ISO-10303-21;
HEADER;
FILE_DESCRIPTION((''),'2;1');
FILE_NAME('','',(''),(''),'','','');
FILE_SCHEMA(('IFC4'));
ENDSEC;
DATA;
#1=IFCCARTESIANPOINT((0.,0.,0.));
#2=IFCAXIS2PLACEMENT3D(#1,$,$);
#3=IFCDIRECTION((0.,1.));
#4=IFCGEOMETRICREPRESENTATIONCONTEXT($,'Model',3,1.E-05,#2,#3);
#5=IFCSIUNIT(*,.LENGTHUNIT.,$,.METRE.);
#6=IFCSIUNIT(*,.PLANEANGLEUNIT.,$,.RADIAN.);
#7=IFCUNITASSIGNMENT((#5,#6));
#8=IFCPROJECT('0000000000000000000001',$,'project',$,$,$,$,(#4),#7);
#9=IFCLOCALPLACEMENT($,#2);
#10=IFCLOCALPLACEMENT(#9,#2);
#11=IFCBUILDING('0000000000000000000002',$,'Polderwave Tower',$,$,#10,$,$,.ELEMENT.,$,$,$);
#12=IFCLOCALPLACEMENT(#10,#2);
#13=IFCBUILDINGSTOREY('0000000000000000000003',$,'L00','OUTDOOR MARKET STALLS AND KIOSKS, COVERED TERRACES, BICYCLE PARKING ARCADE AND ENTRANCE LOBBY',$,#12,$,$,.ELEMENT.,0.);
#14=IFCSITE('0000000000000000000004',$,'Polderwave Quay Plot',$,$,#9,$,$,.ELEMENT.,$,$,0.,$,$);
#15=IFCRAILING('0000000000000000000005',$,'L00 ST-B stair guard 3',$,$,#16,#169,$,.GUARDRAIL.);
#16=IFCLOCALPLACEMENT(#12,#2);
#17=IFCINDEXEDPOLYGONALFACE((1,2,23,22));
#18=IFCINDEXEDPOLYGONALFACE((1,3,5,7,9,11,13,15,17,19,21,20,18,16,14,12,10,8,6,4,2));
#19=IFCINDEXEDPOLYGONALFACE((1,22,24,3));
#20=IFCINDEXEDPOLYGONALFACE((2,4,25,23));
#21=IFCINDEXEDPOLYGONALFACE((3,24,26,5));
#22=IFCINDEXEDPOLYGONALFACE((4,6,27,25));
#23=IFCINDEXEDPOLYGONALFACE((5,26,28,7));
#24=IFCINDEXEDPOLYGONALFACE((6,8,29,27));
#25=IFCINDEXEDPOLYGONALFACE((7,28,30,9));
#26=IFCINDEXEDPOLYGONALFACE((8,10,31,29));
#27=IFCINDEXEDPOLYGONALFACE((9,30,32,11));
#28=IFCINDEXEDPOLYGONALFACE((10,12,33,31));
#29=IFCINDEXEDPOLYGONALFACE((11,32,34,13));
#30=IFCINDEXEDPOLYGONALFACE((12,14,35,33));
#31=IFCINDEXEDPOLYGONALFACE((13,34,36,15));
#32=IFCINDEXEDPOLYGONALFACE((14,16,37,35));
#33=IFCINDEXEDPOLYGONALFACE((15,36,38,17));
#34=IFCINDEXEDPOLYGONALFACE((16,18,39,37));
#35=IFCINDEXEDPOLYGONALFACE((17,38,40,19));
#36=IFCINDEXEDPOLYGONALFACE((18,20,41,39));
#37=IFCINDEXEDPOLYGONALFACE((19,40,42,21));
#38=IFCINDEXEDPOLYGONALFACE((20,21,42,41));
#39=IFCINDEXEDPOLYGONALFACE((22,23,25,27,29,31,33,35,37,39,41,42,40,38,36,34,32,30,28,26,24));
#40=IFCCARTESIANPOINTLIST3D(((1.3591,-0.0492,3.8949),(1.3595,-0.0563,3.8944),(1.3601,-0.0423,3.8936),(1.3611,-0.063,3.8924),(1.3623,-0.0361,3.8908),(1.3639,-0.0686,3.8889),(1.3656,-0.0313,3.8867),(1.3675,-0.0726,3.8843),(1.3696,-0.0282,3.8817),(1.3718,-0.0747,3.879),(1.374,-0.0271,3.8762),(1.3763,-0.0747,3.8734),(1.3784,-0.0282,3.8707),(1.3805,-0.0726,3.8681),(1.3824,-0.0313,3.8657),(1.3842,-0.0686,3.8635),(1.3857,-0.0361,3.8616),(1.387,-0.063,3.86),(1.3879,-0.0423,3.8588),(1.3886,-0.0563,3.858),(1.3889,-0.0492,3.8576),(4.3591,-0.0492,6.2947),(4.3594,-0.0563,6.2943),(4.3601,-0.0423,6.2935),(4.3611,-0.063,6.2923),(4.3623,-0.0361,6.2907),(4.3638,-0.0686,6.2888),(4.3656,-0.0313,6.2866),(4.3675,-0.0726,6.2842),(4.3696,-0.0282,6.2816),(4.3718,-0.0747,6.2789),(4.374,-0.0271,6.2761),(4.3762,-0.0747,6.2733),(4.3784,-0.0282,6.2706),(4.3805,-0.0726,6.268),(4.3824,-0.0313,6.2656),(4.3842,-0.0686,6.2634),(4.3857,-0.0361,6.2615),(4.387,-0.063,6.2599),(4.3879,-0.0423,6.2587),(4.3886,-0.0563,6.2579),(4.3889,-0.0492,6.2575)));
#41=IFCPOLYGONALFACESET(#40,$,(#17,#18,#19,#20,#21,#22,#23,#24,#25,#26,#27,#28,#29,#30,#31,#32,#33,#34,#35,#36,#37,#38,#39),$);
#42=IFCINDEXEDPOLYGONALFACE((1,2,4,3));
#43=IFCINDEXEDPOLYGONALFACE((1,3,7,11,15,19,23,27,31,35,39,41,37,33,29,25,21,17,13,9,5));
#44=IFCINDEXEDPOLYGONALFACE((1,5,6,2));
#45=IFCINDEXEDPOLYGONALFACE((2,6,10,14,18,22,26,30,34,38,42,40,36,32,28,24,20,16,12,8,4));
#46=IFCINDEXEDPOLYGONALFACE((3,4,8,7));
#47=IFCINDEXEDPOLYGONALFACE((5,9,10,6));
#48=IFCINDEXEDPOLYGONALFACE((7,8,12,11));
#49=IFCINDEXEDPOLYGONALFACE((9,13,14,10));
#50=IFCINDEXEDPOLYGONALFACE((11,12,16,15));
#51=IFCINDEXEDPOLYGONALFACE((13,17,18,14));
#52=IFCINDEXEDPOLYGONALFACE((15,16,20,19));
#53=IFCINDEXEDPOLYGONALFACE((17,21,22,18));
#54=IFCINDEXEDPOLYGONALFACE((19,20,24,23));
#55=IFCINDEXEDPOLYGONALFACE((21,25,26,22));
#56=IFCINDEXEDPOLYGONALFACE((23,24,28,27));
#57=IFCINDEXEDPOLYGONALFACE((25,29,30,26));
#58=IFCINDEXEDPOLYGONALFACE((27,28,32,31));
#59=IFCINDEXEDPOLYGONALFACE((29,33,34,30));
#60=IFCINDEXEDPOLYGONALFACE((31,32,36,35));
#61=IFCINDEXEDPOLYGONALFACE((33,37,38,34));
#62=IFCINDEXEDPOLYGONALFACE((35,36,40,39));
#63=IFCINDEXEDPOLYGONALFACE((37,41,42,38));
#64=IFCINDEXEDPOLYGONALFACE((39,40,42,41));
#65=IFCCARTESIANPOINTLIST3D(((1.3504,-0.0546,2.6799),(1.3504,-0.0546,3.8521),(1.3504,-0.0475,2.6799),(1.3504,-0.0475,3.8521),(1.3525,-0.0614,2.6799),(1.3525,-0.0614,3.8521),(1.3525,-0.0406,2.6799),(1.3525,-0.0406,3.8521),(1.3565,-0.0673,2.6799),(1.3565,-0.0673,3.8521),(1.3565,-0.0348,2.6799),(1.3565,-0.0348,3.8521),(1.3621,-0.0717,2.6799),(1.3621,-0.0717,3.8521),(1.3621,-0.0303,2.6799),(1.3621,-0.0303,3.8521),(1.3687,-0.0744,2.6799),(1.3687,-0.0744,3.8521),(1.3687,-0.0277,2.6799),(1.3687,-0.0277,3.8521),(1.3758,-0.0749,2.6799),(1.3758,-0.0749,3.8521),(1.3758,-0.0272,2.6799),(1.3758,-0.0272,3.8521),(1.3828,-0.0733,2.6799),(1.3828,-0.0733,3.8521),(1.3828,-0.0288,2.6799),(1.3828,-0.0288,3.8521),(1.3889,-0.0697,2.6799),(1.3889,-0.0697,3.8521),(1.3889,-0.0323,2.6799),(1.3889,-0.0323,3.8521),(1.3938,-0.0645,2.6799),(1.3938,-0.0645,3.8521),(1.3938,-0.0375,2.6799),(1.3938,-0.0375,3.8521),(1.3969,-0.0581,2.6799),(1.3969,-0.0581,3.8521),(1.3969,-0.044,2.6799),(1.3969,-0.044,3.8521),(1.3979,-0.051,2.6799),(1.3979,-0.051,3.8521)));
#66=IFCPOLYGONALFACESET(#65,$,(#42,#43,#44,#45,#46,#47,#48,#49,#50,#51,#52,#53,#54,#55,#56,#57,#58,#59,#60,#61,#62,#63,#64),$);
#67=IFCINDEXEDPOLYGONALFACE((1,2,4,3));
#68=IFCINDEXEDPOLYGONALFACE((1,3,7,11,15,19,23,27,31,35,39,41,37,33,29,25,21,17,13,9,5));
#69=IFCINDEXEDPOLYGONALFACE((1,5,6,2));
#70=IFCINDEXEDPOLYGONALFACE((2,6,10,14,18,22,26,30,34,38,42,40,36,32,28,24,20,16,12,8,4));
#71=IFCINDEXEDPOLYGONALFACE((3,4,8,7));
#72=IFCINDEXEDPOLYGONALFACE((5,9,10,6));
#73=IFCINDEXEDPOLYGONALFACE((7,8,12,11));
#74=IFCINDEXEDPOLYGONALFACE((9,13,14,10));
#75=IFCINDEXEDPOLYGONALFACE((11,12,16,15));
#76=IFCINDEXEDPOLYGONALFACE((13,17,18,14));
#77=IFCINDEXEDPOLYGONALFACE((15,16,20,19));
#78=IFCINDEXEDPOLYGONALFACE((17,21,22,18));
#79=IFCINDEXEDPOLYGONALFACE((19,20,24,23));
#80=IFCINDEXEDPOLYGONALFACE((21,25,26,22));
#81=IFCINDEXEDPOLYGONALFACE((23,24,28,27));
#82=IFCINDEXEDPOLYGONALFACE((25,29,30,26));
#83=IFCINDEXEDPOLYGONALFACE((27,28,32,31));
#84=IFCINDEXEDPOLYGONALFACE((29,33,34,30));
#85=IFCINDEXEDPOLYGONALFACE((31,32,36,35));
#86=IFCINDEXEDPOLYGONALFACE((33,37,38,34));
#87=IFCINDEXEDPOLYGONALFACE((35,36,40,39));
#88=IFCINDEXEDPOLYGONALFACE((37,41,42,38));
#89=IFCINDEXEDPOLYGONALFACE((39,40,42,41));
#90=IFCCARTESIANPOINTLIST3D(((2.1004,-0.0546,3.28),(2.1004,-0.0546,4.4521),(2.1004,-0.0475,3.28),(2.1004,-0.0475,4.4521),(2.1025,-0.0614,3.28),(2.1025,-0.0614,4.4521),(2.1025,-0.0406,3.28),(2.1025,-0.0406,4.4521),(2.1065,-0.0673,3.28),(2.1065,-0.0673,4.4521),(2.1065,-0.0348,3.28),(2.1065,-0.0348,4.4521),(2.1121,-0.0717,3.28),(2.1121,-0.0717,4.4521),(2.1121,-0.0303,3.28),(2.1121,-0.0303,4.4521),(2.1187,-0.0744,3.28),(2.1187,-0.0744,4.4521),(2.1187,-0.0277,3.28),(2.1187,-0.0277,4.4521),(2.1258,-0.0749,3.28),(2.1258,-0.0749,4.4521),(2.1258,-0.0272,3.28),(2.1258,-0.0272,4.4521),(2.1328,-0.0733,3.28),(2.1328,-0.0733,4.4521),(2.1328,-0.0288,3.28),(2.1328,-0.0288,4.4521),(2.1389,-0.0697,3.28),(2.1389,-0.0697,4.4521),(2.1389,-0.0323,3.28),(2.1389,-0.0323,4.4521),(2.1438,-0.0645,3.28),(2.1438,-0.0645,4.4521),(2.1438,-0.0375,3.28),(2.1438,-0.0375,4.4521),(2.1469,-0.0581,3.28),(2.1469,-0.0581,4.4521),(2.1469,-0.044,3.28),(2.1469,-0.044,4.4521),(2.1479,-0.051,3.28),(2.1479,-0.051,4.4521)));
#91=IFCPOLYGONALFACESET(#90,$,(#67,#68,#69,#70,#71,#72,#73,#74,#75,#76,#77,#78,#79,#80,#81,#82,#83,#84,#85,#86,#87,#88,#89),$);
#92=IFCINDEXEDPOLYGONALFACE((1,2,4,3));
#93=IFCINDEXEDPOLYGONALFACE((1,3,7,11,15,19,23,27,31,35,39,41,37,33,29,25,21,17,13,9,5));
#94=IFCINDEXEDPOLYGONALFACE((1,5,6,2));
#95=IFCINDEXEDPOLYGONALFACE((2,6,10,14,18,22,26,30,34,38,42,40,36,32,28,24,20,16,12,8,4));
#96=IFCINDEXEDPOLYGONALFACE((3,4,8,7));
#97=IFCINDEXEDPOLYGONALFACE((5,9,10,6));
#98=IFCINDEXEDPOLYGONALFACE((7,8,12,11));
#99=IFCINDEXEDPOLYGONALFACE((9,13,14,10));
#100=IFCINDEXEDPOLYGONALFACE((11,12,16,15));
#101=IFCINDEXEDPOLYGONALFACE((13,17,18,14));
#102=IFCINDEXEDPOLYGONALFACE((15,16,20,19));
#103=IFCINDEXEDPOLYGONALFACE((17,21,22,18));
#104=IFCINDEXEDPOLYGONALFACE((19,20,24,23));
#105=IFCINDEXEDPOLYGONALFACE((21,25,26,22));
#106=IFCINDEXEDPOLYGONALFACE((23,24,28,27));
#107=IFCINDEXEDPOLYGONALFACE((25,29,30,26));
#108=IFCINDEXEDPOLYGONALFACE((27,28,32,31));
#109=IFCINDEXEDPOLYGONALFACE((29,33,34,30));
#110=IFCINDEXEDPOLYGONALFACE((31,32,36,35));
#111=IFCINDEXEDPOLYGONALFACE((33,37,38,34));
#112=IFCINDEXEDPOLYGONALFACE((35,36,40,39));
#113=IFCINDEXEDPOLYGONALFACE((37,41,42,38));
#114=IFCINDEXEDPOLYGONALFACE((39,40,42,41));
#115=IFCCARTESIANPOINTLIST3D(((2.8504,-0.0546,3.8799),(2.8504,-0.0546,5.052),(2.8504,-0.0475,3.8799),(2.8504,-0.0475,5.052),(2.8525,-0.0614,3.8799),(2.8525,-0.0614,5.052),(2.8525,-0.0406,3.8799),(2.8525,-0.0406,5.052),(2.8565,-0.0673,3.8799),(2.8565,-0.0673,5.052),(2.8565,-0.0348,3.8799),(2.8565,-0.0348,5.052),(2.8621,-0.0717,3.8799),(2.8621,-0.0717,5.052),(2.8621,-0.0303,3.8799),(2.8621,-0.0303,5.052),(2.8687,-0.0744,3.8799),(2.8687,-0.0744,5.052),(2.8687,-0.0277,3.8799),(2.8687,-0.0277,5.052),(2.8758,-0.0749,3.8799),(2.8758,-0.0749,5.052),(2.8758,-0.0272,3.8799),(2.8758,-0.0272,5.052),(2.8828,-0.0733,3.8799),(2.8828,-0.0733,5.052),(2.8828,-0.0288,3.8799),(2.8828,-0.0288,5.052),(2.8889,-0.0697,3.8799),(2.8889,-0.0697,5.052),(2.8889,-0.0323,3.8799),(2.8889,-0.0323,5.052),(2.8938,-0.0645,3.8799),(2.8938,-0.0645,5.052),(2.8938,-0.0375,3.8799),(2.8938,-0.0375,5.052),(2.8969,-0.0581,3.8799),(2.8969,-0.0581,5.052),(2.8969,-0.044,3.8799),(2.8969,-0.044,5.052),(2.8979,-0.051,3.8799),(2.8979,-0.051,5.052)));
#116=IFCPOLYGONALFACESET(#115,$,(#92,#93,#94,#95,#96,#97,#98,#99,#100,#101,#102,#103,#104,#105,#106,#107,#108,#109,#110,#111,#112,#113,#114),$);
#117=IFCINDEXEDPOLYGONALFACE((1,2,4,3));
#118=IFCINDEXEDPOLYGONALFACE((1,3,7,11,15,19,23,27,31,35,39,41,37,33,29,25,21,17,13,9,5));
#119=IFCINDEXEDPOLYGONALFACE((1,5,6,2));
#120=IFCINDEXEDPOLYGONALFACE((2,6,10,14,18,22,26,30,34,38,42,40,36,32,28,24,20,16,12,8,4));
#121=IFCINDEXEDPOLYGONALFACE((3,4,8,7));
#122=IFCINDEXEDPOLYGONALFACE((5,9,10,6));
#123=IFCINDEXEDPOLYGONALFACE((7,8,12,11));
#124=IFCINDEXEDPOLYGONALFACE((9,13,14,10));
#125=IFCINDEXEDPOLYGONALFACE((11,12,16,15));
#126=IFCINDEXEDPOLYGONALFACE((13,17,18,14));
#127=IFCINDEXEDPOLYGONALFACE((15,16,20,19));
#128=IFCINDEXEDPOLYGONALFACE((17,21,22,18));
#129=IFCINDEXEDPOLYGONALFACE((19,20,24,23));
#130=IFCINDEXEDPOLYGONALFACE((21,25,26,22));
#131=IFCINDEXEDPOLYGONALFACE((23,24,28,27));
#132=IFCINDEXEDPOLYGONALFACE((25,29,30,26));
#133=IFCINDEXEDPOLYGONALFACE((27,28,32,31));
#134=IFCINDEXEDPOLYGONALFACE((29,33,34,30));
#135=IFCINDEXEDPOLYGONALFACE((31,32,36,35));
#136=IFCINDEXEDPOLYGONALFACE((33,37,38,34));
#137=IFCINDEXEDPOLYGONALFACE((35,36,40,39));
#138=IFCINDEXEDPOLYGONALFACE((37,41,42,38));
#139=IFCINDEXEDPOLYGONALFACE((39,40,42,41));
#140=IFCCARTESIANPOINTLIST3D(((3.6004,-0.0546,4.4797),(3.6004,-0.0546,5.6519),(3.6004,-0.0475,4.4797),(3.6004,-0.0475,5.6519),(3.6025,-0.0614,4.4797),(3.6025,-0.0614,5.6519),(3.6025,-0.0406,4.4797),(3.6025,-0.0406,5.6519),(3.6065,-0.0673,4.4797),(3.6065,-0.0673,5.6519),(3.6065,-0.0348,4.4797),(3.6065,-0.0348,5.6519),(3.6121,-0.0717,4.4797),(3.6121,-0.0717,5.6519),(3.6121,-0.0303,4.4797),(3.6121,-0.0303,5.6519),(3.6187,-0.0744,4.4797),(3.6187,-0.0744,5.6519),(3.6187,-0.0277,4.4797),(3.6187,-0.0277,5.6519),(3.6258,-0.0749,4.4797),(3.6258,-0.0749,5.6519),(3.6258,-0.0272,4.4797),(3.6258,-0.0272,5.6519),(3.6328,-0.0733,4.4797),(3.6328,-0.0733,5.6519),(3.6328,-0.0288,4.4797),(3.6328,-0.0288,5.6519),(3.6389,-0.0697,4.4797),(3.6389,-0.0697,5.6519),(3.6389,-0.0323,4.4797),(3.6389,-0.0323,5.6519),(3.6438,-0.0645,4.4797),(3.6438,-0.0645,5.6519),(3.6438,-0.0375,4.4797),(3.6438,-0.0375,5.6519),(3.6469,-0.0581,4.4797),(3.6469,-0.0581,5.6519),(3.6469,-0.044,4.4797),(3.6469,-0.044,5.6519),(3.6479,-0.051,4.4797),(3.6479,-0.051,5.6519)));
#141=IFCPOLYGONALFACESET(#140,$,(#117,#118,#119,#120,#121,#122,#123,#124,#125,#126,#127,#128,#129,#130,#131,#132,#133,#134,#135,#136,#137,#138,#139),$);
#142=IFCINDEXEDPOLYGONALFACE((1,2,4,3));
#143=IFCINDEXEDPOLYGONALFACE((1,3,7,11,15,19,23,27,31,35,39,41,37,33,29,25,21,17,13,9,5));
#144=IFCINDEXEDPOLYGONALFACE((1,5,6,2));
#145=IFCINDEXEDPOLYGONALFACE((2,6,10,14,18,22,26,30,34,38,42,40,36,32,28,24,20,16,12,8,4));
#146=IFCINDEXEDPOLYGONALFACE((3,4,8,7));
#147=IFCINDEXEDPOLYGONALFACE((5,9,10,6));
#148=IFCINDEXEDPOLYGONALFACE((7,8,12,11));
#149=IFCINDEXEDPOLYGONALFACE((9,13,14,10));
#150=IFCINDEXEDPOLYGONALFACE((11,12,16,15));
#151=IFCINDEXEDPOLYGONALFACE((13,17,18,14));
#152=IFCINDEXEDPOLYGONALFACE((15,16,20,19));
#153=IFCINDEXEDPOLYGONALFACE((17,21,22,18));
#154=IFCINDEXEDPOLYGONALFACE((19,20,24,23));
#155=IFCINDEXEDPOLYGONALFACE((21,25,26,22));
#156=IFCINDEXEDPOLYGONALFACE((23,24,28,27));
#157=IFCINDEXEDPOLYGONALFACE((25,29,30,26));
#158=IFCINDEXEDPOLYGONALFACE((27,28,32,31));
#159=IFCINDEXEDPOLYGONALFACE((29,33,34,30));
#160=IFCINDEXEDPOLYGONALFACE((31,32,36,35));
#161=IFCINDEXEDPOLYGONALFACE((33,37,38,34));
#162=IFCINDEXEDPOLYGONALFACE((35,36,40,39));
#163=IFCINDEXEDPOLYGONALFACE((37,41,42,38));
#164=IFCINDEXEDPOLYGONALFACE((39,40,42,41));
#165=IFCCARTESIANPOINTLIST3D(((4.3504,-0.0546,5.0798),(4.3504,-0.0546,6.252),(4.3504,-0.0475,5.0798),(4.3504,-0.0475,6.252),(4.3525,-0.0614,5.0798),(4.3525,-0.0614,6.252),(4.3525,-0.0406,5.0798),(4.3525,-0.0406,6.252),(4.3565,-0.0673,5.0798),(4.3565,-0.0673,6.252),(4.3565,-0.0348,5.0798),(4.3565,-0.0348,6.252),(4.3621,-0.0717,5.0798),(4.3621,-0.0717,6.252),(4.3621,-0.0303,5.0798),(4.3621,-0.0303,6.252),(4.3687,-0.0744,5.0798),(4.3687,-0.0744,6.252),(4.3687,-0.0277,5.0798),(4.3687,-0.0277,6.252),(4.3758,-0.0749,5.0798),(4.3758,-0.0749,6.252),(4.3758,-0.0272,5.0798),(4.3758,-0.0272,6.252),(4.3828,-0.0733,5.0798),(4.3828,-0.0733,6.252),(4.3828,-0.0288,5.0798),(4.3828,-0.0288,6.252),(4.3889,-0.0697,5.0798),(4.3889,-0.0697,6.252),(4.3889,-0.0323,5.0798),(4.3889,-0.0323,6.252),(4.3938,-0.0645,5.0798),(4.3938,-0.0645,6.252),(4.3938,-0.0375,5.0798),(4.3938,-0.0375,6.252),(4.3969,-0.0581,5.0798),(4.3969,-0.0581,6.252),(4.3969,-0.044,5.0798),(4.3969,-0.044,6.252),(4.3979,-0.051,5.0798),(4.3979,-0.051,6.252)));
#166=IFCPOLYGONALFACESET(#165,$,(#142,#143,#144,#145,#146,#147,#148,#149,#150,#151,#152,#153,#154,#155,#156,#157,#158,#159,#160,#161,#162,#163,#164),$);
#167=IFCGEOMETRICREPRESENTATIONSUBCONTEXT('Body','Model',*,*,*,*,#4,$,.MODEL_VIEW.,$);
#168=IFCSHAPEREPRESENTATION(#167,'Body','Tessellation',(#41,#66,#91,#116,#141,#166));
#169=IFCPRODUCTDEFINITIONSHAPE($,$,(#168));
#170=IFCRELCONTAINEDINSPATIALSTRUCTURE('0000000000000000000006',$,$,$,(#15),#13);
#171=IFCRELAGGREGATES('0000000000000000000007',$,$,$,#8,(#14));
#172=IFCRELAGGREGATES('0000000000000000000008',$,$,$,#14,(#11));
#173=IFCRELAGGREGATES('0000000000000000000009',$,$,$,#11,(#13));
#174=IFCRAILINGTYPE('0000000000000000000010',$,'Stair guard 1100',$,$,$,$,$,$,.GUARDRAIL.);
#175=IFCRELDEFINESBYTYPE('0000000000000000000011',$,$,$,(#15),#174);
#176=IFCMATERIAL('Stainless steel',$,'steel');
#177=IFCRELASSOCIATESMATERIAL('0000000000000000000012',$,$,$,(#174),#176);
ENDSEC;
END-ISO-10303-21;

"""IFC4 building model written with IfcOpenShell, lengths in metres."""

from ifc_helpers import new_model, si_unit, direction, frame, origin, origin_2d, place, context, subcontext, project, spatial, circle, extrude, material, type_object, element, save


model = new_model("IFC4")

# Units and contexts
model_context = context("Model", 3, precision=1e-05, world=origin(), true_north=direction((0.0, 1.0)))
body_context = subcontext(model_context, "Body", "Model", "MODEL_VIEW")
ifc_project = project(units=[si_unit("LENGTHUNIT", "METRE"), si_unit("PLANEANGLEUNIT", "RADIAN")], contexts=[model_context])

# Site, building, storey
site_placement = place(None, origin())
site = spatial("IfcSite", under=ifc_project, at=site_placement, Name="Polderwave Quay Plot", CompositionType="ELEMENT", RefElevation=0.0)
building_placement = place(site_placement, origin())
building = spatial("IfcBuilding", under=site, at=building_placement, Name="Polderwave Tower", CompositionType="ELEMENT")
storey_placement = place(building_placement, origin())
storey = spatial("IfcBuildingStorey", under=building, at=storey_placement, Name="L00", Description="OUTDOOR MARKET STALLS AND KIOSKS, COVERED TERRACES, BICYCLE PARKING ARCADE AND ENTRANCE LOBBY", CompositionType="ELEMENT", Elevation=0.0)

# Railing
ifc_material_1 = material(Name="Stainless steel", Category="steel")
railing_type_1 = type_object("IfcRailingType", Name="Stair guard 1100", PredefinedType="GUARDRAIL", material=ifc_material_1)
railing_1_placement = place(storey_placement, frame((1.374, -0.051, 2.6799)))
element("IfcRailing", 1, at=railing_1_placement, inside=storey, type_object=railing_type_1, Name="L00 ST-B stair guard 3", PredefinedType="GUARDRAIL", context=body_context, shape_type="SweptSolid", body=[
    extrude(circle(Radius=0.0239, at=origin_2d()), frame((0.0, 0.0, 1.1963), z_axis=(0.780881, 0.0, 0.62468), x_axis=(0.0, 1.0, 0.0)), (0.0, 0.0, 1.0), 3.8418),
    extrude(circle(Radius=0.0239, at=origin_2d()), origin(), (0.0, 0.0, 1.0), 1.1721),
    extrude(circle(Radius=0.0239, at=origin_2d()), frame((0.75, 0.0, 0.6001)), (0.0, 0.0, 1.0), 1.1721),
    extrude(circle(Radius=0.0239, at=origin_2d()), frame((1.5, 0.0, 1.2)), (0.0, 0.0, 1.0), 1.1721),
    extrude(circle(Radius=0.0239, at=origin_2d()), frame((2.25, 0.0, 1.7998)), (0.0, 0.0, 1.0), 1.1721),
    extrude(circle(Radius=0.0239, at=origin_2d()), frame((3.0, 0.0, 2.3999)), (0.0, 0.0, 1.0), 1.1721),
])

save(model, "model.ifc")
